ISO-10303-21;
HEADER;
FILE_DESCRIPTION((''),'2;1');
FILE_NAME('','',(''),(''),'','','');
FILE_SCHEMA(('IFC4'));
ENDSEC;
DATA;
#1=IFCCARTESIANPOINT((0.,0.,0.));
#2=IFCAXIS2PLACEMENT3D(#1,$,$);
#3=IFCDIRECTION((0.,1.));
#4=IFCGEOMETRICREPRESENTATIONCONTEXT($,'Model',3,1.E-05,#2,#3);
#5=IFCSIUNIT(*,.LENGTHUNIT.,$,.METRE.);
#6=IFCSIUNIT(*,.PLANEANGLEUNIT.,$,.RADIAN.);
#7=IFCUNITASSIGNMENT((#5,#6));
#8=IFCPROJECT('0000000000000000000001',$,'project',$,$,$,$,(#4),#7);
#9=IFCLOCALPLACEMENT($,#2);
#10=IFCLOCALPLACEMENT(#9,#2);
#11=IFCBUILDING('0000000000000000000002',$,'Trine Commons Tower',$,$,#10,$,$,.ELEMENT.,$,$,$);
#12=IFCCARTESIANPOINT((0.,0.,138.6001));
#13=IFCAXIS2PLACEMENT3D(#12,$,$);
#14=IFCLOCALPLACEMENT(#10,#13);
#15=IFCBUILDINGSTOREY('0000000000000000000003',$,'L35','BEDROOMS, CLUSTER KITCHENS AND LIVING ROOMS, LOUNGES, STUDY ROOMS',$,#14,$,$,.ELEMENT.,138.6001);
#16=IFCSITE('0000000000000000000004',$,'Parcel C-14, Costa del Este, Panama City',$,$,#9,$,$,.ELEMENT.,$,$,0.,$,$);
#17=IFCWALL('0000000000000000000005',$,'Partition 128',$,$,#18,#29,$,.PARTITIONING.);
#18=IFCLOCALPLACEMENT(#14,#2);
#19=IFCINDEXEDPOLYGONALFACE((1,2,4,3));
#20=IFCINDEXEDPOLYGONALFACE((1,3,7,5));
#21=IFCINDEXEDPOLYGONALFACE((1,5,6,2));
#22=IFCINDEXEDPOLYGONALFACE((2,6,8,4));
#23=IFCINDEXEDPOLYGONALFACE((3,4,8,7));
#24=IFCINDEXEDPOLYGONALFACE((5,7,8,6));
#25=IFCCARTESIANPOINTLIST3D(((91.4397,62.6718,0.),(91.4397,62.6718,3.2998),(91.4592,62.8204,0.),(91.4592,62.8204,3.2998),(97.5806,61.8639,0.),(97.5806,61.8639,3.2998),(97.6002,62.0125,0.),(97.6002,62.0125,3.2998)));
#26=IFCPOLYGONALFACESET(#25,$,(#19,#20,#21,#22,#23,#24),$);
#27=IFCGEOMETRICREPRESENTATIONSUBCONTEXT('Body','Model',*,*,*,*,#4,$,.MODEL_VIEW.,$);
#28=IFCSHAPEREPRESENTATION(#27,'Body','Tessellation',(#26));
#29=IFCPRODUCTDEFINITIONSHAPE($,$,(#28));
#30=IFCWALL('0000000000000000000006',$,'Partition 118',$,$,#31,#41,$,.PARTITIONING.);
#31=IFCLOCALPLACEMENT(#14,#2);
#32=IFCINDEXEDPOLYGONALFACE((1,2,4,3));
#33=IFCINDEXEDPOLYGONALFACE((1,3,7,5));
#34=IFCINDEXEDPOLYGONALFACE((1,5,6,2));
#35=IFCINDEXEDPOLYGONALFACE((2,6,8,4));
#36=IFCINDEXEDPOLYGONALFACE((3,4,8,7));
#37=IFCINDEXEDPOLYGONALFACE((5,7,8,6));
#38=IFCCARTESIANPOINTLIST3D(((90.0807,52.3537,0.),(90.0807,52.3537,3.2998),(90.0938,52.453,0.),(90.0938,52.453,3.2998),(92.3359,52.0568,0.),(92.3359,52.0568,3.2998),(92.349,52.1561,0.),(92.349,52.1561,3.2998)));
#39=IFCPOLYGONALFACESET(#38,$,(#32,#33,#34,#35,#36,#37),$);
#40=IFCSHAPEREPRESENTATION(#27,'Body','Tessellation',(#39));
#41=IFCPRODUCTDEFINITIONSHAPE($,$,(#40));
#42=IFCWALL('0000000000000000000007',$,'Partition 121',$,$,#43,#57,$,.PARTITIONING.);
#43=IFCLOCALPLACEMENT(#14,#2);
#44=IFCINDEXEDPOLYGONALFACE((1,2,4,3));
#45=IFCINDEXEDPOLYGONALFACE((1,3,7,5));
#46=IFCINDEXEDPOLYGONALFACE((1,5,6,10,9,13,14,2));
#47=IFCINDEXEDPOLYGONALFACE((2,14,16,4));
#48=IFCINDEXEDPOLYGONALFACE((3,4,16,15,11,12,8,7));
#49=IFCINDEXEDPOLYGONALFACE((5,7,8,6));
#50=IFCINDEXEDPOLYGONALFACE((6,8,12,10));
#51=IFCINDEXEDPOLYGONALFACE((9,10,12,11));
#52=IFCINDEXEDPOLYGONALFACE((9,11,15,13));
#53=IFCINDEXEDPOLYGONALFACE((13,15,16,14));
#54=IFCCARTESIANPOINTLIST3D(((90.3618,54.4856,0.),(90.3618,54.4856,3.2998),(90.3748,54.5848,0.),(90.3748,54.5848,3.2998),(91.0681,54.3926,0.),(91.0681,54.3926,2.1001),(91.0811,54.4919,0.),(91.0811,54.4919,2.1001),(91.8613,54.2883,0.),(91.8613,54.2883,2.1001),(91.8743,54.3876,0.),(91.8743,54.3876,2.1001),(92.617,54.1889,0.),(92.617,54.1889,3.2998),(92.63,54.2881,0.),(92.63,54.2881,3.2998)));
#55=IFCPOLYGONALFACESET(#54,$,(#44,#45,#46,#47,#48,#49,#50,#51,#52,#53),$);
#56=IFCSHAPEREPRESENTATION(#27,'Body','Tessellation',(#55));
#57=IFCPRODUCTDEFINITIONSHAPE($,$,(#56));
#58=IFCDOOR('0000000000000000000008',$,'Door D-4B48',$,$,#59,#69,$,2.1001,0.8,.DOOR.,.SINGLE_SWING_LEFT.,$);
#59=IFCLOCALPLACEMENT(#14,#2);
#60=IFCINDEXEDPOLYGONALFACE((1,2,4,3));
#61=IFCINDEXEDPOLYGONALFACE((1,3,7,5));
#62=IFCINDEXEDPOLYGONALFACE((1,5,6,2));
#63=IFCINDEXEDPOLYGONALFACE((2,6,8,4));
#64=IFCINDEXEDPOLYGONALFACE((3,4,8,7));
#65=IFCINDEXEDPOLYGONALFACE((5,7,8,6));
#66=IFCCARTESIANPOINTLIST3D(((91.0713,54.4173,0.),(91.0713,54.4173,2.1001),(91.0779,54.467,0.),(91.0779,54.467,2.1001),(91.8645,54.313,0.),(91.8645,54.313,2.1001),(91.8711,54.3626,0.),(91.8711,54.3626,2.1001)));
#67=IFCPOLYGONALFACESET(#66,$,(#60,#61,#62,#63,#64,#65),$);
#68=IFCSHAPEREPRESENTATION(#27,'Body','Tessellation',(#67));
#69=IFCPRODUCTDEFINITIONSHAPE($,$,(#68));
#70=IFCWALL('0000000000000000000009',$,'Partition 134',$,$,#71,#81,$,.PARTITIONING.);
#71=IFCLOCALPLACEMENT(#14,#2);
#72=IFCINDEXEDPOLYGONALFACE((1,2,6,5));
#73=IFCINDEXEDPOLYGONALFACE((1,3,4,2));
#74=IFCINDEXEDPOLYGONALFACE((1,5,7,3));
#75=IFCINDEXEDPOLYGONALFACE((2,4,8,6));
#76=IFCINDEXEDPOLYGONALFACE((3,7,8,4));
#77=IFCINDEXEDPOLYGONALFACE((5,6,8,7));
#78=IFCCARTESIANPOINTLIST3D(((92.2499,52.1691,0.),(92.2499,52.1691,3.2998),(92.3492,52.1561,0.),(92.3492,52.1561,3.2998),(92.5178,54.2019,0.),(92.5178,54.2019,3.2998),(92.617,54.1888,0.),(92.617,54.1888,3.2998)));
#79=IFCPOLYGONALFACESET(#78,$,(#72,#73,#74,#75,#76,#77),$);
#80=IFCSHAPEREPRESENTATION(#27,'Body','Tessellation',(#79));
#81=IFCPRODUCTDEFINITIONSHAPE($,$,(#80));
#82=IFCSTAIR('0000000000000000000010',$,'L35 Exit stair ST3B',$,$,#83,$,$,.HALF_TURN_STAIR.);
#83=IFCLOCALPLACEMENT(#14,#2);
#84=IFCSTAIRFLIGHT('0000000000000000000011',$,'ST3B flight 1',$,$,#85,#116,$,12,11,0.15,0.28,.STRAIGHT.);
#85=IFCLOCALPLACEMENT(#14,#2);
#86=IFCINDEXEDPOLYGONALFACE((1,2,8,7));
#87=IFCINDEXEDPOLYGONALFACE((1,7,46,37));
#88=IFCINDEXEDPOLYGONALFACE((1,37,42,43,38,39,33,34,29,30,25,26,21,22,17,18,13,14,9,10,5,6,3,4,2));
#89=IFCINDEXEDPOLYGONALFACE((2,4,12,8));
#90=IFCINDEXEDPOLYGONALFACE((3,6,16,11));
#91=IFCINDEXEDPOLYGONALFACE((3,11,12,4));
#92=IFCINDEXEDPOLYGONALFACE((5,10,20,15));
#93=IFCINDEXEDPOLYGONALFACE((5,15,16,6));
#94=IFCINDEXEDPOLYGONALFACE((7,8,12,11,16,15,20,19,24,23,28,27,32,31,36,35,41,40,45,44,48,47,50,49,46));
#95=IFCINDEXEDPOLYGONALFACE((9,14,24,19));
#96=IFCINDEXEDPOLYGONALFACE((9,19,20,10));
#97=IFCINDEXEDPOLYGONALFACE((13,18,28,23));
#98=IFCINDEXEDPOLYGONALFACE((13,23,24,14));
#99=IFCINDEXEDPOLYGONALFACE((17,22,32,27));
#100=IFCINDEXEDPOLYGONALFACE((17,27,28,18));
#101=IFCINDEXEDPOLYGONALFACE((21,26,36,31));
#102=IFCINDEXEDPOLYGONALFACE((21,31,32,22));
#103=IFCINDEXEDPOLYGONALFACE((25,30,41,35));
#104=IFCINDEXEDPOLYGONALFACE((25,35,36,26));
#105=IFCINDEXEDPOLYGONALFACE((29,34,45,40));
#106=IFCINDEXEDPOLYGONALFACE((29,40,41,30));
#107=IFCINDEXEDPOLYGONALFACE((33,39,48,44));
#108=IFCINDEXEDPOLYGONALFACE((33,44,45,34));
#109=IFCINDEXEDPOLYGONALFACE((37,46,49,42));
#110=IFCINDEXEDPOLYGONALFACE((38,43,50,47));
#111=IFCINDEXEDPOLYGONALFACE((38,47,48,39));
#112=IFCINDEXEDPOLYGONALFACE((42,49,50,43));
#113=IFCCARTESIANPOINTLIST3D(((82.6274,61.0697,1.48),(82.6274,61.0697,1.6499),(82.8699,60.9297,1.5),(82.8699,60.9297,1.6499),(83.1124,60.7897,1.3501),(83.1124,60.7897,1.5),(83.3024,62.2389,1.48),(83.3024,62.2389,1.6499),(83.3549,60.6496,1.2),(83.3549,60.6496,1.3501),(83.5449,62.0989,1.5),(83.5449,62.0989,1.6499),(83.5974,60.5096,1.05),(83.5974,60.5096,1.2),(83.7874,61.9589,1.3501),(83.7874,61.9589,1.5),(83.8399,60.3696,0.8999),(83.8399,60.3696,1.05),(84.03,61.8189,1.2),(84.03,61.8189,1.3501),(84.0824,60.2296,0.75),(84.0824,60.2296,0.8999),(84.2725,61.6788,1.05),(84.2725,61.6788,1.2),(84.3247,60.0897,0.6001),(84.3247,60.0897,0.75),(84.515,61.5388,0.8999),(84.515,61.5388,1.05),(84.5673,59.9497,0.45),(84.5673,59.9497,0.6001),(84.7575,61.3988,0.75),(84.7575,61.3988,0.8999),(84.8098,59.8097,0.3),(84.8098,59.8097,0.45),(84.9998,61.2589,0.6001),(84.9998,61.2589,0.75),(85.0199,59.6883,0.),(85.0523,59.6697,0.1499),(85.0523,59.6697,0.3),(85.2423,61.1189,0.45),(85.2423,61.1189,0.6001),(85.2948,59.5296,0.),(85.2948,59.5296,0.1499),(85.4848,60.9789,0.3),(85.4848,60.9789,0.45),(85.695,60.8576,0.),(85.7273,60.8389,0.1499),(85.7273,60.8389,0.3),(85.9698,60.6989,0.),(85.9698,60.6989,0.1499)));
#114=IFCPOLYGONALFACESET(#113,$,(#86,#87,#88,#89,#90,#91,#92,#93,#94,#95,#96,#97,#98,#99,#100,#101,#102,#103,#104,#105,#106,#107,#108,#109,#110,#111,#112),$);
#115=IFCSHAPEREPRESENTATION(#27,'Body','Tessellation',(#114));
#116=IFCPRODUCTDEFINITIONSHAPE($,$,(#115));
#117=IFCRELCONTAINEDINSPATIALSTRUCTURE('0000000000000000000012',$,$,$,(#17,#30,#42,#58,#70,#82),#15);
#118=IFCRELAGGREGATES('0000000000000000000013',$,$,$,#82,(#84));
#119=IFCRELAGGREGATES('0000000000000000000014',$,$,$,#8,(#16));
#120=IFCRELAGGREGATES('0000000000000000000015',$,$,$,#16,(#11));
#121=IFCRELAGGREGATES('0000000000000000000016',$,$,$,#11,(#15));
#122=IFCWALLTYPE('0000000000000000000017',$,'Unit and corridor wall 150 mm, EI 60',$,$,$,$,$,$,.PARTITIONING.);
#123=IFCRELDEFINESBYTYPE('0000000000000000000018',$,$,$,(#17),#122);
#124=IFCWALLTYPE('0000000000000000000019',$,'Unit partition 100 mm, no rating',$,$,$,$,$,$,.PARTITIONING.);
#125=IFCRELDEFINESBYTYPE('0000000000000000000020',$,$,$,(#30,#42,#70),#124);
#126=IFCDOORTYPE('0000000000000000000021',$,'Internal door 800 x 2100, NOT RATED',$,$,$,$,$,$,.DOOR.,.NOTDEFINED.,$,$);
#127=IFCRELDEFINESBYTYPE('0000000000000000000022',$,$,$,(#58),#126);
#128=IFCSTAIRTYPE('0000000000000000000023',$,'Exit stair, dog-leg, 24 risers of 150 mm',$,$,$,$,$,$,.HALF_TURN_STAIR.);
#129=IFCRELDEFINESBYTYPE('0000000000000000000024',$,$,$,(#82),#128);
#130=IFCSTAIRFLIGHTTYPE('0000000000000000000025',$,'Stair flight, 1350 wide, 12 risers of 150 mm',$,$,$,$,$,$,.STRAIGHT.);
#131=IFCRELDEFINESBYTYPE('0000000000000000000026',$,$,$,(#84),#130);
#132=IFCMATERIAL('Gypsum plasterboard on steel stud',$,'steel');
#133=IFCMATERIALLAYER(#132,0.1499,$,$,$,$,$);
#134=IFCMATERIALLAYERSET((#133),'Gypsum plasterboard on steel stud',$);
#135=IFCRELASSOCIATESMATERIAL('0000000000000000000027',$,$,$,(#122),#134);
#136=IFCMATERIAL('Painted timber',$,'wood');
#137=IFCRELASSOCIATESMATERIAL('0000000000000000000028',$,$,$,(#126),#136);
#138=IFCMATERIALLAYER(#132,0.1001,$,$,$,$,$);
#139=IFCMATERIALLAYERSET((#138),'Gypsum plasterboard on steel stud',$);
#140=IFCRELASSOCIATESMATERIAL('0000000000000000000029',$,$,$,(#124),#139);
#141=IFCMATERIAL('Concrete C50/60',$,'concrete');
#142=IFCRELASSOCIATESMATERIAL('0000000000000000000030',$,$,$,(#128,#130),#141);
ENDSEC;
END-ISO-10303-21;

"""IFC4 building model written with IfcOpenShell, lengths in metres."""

from ifc_helpers import new_model, si_unit, direction, frame, frame_2d, origin, place, context, subcontext, project, spatial, polyline, rectangle, outline, extrude, material, layer, layer_set, type_object, element, fill, aggregate, save


model = new_model("IFC4")

# Units and contexts
model_context = context("Model", 3, precision=1e-05, world=origin(), true_north=direction((0.0, 1.0)))
body_context = subcontext(model_context, "Body", "Model", "MODEL_VIEW")
ifc_project = project(units=[si_unit("LENGTHUNIT", "METRE"), si_unit("PLANEANGLEUNIT", "RADIAN")], contexts=[model_context])

# Site, building, storey
site_placement = place(None, origin())
site = spatial("IfcSite", under=ifc_project, at=site_placement, Name="Parcel C-14, Costa del Este, Panama City", CompositionType="ELEMENT", RefElevation=0.0)
building_placement = place(site_placement, origin())
building = spatial("IfcBuilding", under=site, at=building_placement, Name="Trine Commons Tower", CompositionType="ELEMENT")
storey_placement = place(building_placement, frame((0.0, 0.0, 138.6001)))
storey = spatial("IfcBuildingStorey", under=building, at=storey_placement, Name="L35", Description="BEDROOMS, CLUSTER KITCHENS AND LIVING ROOMS, LOUNGES, STUDY ROOMS", CompositionType="ELEMENT", Elevation=138.6001)

# Shared definitions
ifc_material_1 = material(Name="Concrete C50/60", Category="concrete")

# Shared definitions
ifc_material_2 = material(Name="Gypsum plasterboard on steel stud", Category="steel")
ifc_layer_1 = layer(ifc_material_2, 0.1499)
ifc_layer_set_1 = layer_set([ifc_layer_1], Name="Gypsum plasterboard on steel stud")
wall_type_1 = type_object("IfcWallType", Name="Unit and corridor wall 150 mm, EI 60", PredefinedType="PARTITIONING", material=ifc_layer_set_1)

# Shared definitions
ifc_material_3 = material(Name="Painted timber", Category="wood")
door_type_1 = type_object("IfcDoorType", Name="Internal door 800 x 2100, NOT RATED", OperationType="NOTDEFINED", PredefinedType="DOOR", material=ifc_material_3)

# Walls
wall_1_placement = place(storey_placement, frame((91.4495, 62.7461, 0.0), z_axis=(0.0, 0.0, 1.0), x_axis=(0.991457, -0.130431, 0.0)))
element("IfcWall", 1, at=wall_1_placement, inside=storey, type_object=wall_type_1, Name="Partition 128", PredefinedType="PARTITIONING", context=body_context, shape_type="SweptSolid", body=[
    extrude(rectangle(XDim=6.1938, YDim=0.1499, at=frame_2d((3.0969, 0.0))), origin(), (0.0, 0.0, 1.0), 3.2998),
])
ifc_layer_2 = layer(ifc_material_2, 0.1001)
ifc_layer_set_2 = layer_set([ifc_layer_2], Name="Gypsum plasterboard on steel stud")
wall_type_2 = type_object("IfcWallType", Name="Unit partition 100 mm, no rating", PredefinedType="PARTITIONING", material=ifc_layer_set_2)
wall_2_placement = place(storey_placement, frame((90.0874, 52.4033, 0.0), z_axis=(0.0, 0.0, 1.0), x_axis=(0.991446, -0.130518, 0.0)))
element("IfcWall", 2, at=wall_2_placement, inside=storey, type_object=wall_type_2, Name="Partition 118", PredefinedType="PARTITIONING", context=body_context, shape_type="SweptSolid", body=[
    extrude(rectangle(XDim=2.2747, YDim=0.1001, at=frame_2d((1.1372, 0.0))), origin(), (0.0, 0.0, 1.0), 3.2998),
])

# Wall, opening, door
wall_3_placement = place(storey_placement, frame((90.3684, 54.5352, 0.0), z_axis=(0.0, 0.0, 1.0), x_axis=(0.99146, -0.130413, 0.0)))
wall_3 = element("IfcWall", 3, at=wall_3_placement, inside=storey, type_object=wall_type_2, Name="Partition 121", PredefinedType="PARTITIONING", context=body_context, shape_type="SweptSolid", body=[
    extrude(rectangle(XDim=2.2747, YDim=0.1001, at=frame_2d((1.1372, 0.0))), origin(), (0.0, 0.0, 1.0), 3.2998),
])
opening_1_placement = place(wall_3_placement, frame((0.7124, 0.0, 0.0)))
opening_1 = element("IfcOpeningElement", 4, at=opening_1_placement, cuts=wall_3, PredefinedType="OPENING", context=body_context, shape_type="SweptSolid", body=[
    extrude(rectangle(XDim=0.8, YDim=2.1001, at=frame_2d((0.3999, 1.05))), frame((0.0, 0.0601, 0.0), z_axis=(0.0, -1.0, 0.0), x_axis=(1.0, 0.0, 0.0)), (0.0, 0.0, 1.0), 0.1201),
])
door_1_placement = place(opening_1_placement, origin())
door_1 = element("IfcDoor", 5, at=door_1_placement, inside=storey, type_object=door_type_1, Name="Door D-4B48", OperationType="SINGLE_SWING_LEFT", OverallHeight=2.1001, OverallWidth=0.8, PredefinedType="DOOR", context=body_context, shape_type="SweptSolid", body=[
    extrude(rectangle(XDim=0.8, YDim=2.1001, at=frame_2d((0.3999, 1.05))), frame((0.0, 0.0249, 0.0), z_axis=(0.0, -1.0, 0.0), x_axis=(1.0, 0.0, 0.0)), (0.0, 0.0, 1.0), 0.05),
])
fill(opening_1, door_1)

# Wall
wall_4_placement = place(storey_placement, frame((92.2996, 52.1626, 0.0), z_axis=(0.0, 0.0, 1.0), x_axis=(0.130627, 0.991432, 0.0)))
element("IfcWall", 6, at=wall_4_placement, inside=storey, type_object=wall_type_2, Name="Partition 134", PredefinedType="PARTITIONING", context=body_context, shape_type="SweptSolid", body=[
    extrude(rectangle(XDim=2.0503, YDim=0.1001, at=frame_2d((1.0251, 0.0))), origin(), (0.0, 0.0, 1.0), 3.2998),
])

# Stair, stair flight
stair_type = type_object("IfcStairType", Name="Exit stair, dog-leg, 24 risers of 150 mm", PredefinedType="HALF_TURN_STAIR", material=ifc_material_1)
stair_placement = place(storey_placement, origin())
stair = element("IfcStair", 7, at=stair_placement, inside=storey, type_object=stair_type, Name="L35 Exit stair ST3B", PredefinedType="HALF_TURN_STAIR")
stair_flight_type = type_object("IfcStairFlightType", Name="Stair flight, 1350 wide, 12 risers of 150 mm", PredefinedType="STRAIGHT", material=ifc_material_1)
stair_flight_placement = place(storey_placement, frame((85.6323, 60.1143, 0.0), z_axis=(0.0, 0.0, 1.0), x_axis=(-0.866025, 0.5, 0.0)))
stair_flight = element("IfcStairFlight", 8, at=stair_flight_placement, type_object=stair_flight_type, Name="ST3B flight 1", NumberOfRisers=12, NumberOfTreads=11, PredefinedType="STRAIGHT", RiserHeight=0.15, TreadLength=0.28, context=body_context, shape_type="SweptSolid", body=[
    extrude(outline(polyline([(0.0, 0.0), (0.0, 0.1499), (0.28, 0.1499), (0.28, 0.3), (0.5601, 0.3), (0.5601, 0.45), (0.8401, 0.45), (0.8401, 0.6001), (1.1201, 0.6001), (1.1201, 0.75), (1.3999, 0.75), (1.3999, 0.8999), (1.6799, 0.8999), (1.6799, 1.05), (1.96, 1.05), (1.96, 1.2), (2.24, 1.2), (2.24, 1.3501), (2.52, 1.3501), (2.52, 1.5), (2.8, 1.5), (2.8, 1.6499), (3.0801, 1.6499), (3.0801, 1.8), (3.0801, 1.48), (0.3174, 0.0), (0.0, 0.0)])), frame((0.0, 0.675, 0.0), z_axis=(0.0, -1.0, 0.0), x_axis=(1.0, 0.0, 0.0)), (0.0, 0.0, 1.0), 1.3501),
])
aggregate(stair, [stair_flight])

save(model, "model.ifc")
